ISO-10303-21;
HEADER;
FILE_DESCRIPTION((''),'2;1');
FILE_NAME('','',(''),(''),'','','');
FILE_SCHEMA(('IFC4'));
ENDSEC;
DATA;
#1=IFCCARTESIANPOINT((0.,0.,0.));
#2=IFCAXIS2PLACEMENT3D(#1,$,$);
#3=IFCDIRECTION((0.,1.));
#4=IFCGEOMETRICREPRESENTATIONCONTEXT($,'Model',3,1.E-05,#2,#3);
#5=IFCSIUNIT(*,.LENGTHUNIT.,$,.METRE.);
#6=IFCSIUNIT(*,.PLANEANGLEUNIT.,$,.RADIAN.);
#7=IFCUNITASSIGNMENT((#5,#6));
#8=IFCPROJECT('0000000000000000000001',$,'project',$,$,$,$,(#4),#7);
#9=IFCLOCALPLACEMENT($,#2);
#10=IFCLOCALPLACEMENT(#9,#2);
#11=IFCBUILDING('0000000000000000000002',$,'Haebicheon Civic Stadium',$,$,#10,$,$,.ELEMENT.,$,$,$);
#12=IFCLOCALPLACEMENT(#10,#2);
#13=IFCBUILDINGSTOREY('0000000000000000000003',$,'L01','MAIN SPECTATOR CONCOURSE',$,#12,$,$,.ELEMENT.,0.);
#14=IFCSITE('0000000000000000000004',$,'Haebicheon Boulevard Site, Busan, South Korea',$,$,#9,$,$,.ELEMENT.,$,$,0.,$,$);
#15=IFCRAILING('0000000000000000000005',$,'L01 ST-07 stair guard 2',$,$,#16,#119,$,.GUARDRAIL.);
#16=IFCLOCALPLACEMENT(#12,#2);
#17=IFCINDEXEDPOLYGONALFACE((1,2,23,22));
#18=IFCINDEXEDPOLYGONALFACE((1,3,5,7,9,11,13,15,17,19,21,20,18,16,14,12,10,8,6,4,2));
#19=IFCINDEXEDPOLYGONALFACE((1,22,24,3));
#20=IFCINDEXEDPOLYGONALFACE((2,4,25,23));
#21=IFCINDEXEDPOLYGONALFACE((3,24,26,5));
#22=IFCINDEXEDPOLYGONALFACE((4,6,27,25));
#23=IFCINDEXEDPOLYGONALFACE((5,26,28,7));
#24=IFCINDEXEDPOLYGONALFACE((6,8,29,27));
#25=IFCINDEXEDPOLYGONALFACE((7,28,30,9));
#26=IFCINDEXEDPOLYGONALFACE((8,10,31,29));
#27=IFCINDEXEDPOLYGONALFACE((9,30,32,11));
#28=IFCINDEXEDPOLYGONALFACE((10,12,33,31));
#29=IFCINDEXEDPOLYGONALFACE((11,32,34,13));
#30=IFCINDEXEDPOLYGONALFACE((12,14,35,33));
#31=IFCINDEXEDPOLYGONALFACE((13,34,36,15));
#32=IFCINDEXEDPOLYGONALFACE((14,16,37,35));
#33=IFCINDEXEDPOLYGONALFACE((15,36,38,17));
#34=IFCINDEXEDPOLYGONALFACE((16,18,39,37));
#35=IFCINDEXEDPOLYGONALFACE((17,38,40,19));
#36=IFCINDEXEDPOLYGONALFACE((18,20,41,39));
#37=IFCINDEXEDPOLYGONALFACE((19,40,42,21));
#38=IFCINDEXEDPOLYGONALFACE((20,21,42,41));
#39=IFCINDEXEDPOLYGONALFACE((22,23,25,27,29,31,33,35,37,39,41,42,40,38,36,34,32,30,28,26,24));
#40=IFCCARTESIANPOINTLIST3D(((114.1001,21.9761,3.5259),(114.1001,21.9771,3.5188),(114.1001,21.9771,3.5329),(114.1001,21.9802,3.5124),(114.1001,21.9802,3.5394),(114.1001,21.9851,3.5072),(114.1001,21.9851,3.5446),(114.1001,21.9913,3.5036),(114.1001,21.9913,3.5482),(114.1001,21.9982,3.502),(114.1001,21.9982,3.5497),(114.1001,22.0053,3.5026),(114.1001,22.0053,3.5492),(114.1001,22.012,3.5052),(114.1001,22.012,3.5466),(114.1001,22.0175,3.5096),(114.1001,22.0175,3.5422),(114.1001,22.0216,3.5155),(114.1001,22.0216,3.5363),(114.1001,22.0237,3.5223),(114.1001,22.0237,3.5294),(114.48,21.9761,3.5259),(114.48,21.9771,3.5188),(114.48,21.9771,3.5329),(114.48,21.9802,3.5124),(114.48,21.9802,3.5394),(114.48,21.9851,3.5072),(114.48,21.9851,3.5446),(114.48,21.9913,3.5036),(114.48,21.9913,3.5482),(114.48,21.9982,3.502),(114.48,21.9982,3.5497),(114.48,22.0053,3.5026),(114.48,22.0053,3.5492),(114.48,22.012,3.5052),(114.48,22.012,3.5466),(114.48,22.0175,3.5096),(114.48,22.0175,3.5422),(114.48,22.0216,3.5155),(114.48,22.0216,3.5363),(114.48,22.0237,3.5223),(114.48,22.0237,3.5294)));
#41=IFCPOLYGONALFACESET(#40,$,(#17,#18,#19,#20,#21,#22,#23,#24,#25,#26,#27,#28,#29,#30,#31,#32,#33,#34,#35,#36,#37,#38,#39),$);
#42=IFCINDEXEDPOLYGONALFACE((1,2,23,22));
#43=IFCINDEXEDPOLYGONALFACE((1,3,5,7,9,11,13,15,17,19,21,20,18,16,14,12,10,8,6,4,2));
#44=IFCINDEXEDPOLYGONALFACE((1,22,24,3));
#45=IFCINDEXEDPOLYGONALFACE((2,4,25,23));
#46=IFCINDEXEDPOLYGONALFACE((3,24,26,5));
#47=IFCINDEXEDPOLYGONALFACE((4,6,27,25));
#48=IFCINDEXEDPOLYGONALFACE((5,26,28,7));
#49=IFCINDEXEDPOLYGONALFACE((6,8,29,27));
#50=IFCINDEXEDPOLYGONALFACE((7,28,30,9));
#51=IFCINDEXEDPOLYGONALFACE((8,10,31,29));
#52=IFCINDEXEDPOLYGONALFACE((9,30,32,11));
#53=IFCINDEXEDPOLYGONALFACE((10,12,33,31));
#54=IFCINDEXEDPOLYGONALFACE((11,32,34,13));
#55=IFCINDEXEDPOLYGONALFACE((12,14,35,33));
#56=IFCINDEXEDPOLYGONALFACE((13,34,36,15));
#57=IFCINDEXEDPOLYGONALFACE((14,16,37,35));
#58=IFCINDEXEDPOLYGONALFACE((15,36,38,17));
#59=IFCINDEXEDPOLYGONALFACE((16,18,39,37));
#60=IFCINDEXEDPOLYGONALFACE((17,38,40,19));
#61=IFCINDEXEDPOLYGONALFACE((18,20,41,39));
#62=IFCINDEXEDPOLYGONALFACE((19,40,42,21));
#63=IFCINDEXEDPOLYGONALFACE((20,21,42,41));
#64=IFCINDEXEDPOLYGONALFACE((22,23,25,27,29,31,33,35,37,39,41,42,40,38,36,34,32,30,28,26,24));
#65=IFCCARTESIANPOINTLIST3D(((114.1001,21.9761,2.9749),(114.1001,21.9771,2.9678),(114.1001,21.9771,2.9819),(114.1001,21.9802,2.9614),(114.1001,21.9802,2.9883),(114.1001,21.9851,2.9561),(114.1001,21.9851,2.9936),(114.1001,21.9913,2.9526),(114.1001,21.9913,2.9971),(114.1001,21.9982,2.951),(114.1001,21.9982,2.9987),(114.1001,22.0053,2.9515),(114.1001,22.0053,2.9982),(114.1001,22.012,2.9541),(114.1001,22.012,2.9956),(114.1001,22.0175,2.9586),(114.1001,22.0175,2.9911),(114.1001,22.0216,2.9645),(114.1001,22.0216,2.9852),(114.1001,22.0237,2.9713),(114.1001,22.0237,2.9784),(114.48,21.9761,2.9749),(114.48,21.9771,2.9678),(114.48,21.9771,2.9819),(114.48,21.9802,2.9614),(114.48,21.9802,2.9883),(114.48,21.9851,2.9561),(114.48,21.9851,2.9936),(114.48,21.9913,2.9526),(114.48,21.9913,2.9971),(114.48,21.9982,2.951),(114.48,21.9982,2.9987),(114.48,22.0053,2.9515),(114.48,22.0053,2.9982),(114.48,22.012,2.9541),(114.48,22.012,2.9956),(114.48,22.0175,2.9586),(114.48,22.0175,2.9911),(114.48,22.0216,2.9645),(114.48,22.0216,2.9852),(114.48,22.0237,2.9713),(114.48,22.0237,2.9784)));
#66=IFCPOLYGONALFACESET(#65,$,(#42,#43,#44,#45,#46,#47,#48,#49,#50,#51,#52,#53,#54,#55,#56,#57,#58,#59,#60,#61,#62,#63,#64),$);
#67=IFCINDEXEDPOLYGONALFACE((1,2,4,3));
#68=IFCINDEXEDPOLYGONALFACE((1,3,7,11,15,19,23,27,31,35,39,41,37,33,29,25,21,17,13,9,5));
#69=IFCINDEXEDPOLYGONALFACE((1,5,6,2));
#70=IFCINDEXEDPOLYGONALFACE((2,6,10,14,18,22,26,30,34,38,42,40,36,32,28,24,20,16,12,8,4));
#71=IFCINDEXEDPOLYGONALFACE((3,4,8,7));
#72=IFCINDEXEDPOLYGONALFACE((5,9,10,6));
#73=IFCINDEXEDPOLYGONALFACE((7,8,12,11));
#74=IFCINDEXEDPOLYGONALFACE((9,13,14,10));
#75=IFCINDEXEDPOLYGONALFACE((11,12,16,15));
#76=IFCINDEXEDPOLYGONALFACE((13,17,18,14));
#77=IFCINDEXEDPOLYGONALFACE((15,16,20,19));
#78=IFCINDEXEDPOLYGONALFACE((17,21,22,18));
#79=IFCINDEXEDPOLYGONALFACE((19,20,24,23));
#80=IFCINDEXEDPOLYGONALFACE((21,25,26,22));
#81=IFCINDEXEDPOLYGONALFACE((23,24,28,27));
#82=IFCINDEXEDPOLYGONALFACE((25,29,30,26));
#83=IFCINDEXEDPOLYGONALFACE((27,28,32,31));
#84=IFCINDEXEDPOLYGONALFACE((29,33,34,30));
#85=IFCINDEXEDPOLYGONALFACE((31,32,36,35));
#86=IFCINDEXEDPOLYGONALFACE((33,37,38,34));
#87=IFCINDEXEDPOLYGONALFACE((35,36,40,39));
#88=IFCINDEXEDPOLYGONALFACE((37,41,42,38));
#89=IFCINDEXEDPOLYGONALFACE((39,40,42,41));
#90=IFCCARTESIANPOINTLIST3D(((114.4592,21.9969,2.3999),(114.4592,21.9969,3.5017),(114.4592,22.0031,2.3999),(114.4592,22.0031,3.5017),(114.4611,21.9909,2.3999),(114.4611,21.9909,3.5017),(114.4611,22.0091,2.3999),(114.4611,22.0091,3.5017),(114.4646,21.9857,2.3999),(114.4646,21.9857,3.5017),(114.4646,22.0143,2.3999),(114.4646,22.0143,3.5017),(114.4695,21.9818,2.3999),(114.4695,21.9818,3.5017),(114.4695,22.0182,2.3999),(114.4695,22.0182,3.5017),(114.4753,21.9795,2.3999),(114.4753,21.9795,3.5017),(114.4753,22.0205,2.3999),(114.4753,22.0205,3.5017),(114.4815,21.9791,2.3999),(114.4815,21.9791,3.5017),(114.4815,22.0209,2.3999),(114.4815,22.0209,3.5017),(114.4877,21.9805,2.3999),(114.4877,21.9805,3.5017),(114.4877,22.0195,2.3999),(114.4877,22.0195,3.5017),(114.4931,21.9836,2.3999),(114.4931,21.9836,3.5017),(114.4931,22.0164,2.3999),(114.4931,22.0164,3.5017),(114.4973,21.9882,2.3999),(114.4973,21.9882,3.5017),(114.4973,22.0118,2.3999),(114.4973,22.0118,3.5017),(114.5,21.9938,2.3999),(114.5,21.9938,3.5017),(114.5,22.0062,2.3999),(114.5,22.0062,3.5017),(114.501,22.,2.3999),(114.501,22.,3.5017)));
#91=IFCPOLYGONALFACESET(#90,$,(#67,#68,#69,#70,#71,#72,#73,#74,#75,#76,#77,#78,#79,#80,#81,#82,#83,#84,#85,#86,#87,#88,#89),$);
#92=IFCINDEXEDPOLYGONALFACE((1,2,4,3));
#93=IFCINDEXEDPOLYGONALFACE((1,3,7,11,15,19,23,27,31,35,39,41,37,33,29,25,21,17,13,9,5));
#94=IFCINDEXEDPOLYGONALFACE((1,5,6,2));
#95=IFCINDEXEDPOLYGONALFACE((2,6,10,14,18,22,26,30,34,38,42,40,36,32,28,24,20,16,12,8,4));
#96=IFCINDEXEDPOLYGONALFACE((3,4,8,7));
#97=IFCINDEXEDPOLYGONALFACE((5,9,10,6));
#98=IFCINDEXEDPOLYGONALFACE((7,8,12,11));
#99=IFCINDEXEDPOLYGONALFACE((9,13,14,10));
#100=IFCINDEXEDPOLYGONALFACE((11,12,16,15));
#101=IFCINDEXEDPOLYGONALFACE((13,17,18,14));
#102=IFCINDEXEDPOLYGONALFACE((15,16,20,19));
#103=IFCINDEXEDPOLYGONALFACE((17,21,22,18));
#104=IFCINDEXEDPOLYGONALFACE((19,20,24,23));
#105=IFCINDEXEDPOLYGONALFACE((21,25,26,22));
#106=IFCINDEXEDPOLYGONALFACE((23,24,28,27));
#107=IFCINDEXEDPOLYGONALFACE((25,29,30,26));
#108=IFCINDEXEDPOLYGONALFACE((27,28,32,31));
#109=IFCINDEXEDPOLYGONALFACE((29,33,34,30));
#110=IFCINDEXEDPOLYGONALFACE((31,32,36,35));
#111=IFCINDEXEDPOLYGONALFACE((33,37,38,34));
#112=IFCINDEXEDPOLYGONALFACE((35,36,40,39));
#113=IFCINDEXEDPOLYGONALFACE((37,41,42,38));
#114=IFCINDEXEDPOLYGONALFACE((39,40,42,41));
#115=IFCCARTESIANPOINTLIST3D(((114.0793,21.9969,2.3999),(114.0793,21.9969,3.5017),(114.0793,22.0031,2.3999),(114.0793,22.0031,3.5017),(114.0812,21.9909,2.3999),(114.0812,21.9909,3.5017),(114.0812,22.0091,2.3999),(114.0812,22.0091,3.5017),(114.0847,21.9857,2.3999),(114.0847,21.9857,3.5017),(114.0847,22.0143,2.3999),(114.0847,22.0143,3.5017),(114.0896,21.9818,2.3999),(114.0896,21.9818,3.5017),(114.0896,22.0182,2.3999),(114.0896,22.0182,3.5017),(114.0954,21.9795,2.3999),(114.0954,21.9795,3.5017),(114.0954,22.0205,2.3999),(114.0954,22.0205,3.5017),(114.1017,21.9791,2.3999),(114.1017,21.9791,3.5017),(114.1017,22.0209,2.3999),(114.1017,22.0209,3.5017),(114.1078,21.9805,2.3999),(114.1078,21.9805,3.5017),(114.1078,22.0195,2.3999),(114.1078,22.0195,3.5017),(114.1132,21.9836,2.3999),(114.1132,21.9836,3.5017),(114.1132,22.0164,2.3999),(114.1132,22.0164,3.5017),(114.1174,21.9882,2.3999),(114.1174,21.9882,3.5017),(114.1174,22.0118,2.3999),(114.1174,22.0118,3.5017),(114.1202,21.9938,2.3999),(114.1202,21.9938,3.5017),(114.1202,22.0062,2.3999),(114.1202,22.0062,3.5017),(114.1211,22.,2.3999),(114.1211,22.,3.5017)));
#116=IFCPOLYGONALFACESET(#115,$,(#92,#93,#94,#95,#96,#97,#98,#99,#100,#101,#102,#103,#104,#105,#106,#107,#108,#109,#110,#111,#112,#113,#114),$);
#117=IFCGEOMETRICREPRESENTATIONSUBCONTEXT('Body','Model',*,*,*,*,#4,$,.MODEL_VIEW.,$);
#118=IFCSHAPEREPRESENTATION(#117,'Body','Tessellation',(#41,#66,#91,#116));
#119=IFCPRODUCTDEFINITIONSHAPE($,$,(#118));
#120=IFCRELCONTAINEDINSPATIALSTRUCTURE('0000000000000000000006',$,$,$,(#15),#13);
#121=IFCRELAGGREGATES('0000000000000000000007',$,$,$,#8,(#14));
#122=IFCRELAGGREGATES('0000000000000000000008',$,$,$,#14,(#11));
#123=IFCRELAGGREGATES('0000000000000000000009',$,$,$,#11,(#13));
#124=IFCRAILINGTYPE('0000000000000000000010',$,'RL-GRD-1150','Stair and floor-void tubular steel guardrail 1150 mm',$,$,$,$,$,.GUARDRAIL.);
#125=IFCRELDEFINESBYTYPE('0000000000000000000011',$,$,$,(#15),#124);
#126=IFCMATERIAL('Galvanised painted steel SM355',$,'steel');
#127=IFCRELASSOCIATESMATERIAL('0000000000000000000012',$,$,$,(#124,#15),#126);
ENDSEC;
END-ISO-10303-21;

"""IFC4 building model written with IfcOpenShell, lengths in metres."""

from ifc_helpers import new_model, si_unit, direction, frame, origin, origin_2d, place, context, subcontext, project, spatial, circle, extrude, material, type_object, element, save


model = new_model("IFC4")

# Units and contexts
model_context = context("Model", 3, precision=1e-05, world=origin(), true_north=direction((0.0, 1.0)))
body_context = subcontext(model_context, "Body", "Model", "MODEL_VIEW")
ifc_project = project(units=[si_unit("LENGTHUNIT", "METRE"), si_unit("PLANEANGLEUNIT", "RADIAN")], contexts=[model_context])

# Site, building, storey
site_placement = place(None, origin())
site = spatial("IfcSite", under=ifc_project, at=site_placement, Name="Haebicheon Boulevard Site, Busan, South Korea", CompositionType="ELEMENT", RefElevation=0.0)
building_placement = place(site_placement, origin())
building = spatial("IfcBuilding", under=site, at=building_placement, Name="Haebicheon Civic Stadium", CompositionType="ELEMENT")
storey_placement = place(building_placement, origin())
storey = spatial("IfcBuildingStorey", under=building, at=storey_placement, Name="L01", Description="MAIN SPECTATOR CONCOURSE", CompositionType="ELEMENT", Elevation=0.0)

# Railing
ifc_material_1 = material(Name="Galvanised painted steel SM355", Category="steel")
railing_type_1 = type_object("IfcRailingType", Name="RL-GRD-1150", Description="Stair and floor-void tubular steel guardrail 1150 mm", PredefinedType="GUARDRAIL", material=ifc_material_1)
railing_1_placement = place(storey_placement, frame((114.48, 22.0, 2.3999)))
element("IfcRailing", 1, at=railing_1_placement, inside=storey, type_object=railing_type_1, material=ifc_material_1, Name="L01 ST-07 stair guard 2", PredefinedType="GUARDRAIL", context=body_context, shape_type="SweptSolid", body=[
    extrude(circle(Radius=0.0239, at=origin_2d()), frame((0.0, 0.0, 1.126), z_axis=(-1.0, 0.0, 0.0), x_axis=(0.0, -1.0, 0.0)), (0.0, 0.0, 1.0), 0.3799),
    extrude(circle(Radius=0.0239, at=origin_2d()), frame((0.0, 0.0, 0.575), z_axis=(-1.0, 0.0, 0.0), x_axis=(0.0, -1.0, 0.0)), (0.0, 0.0, 1.0), 0.3799),
    extrude(circle(Radius=0.021, at=origin_2d()), origin(), (0.0, 0.0, 1.0), 1.1018),
    extrude(circle(Radius=0.021, at=origin_2d()), frame((-0.3799, 0.0, 0.0)), (0.0, 0.0, 1.0), 1.1018),
])

save(model, "model.ifc")
